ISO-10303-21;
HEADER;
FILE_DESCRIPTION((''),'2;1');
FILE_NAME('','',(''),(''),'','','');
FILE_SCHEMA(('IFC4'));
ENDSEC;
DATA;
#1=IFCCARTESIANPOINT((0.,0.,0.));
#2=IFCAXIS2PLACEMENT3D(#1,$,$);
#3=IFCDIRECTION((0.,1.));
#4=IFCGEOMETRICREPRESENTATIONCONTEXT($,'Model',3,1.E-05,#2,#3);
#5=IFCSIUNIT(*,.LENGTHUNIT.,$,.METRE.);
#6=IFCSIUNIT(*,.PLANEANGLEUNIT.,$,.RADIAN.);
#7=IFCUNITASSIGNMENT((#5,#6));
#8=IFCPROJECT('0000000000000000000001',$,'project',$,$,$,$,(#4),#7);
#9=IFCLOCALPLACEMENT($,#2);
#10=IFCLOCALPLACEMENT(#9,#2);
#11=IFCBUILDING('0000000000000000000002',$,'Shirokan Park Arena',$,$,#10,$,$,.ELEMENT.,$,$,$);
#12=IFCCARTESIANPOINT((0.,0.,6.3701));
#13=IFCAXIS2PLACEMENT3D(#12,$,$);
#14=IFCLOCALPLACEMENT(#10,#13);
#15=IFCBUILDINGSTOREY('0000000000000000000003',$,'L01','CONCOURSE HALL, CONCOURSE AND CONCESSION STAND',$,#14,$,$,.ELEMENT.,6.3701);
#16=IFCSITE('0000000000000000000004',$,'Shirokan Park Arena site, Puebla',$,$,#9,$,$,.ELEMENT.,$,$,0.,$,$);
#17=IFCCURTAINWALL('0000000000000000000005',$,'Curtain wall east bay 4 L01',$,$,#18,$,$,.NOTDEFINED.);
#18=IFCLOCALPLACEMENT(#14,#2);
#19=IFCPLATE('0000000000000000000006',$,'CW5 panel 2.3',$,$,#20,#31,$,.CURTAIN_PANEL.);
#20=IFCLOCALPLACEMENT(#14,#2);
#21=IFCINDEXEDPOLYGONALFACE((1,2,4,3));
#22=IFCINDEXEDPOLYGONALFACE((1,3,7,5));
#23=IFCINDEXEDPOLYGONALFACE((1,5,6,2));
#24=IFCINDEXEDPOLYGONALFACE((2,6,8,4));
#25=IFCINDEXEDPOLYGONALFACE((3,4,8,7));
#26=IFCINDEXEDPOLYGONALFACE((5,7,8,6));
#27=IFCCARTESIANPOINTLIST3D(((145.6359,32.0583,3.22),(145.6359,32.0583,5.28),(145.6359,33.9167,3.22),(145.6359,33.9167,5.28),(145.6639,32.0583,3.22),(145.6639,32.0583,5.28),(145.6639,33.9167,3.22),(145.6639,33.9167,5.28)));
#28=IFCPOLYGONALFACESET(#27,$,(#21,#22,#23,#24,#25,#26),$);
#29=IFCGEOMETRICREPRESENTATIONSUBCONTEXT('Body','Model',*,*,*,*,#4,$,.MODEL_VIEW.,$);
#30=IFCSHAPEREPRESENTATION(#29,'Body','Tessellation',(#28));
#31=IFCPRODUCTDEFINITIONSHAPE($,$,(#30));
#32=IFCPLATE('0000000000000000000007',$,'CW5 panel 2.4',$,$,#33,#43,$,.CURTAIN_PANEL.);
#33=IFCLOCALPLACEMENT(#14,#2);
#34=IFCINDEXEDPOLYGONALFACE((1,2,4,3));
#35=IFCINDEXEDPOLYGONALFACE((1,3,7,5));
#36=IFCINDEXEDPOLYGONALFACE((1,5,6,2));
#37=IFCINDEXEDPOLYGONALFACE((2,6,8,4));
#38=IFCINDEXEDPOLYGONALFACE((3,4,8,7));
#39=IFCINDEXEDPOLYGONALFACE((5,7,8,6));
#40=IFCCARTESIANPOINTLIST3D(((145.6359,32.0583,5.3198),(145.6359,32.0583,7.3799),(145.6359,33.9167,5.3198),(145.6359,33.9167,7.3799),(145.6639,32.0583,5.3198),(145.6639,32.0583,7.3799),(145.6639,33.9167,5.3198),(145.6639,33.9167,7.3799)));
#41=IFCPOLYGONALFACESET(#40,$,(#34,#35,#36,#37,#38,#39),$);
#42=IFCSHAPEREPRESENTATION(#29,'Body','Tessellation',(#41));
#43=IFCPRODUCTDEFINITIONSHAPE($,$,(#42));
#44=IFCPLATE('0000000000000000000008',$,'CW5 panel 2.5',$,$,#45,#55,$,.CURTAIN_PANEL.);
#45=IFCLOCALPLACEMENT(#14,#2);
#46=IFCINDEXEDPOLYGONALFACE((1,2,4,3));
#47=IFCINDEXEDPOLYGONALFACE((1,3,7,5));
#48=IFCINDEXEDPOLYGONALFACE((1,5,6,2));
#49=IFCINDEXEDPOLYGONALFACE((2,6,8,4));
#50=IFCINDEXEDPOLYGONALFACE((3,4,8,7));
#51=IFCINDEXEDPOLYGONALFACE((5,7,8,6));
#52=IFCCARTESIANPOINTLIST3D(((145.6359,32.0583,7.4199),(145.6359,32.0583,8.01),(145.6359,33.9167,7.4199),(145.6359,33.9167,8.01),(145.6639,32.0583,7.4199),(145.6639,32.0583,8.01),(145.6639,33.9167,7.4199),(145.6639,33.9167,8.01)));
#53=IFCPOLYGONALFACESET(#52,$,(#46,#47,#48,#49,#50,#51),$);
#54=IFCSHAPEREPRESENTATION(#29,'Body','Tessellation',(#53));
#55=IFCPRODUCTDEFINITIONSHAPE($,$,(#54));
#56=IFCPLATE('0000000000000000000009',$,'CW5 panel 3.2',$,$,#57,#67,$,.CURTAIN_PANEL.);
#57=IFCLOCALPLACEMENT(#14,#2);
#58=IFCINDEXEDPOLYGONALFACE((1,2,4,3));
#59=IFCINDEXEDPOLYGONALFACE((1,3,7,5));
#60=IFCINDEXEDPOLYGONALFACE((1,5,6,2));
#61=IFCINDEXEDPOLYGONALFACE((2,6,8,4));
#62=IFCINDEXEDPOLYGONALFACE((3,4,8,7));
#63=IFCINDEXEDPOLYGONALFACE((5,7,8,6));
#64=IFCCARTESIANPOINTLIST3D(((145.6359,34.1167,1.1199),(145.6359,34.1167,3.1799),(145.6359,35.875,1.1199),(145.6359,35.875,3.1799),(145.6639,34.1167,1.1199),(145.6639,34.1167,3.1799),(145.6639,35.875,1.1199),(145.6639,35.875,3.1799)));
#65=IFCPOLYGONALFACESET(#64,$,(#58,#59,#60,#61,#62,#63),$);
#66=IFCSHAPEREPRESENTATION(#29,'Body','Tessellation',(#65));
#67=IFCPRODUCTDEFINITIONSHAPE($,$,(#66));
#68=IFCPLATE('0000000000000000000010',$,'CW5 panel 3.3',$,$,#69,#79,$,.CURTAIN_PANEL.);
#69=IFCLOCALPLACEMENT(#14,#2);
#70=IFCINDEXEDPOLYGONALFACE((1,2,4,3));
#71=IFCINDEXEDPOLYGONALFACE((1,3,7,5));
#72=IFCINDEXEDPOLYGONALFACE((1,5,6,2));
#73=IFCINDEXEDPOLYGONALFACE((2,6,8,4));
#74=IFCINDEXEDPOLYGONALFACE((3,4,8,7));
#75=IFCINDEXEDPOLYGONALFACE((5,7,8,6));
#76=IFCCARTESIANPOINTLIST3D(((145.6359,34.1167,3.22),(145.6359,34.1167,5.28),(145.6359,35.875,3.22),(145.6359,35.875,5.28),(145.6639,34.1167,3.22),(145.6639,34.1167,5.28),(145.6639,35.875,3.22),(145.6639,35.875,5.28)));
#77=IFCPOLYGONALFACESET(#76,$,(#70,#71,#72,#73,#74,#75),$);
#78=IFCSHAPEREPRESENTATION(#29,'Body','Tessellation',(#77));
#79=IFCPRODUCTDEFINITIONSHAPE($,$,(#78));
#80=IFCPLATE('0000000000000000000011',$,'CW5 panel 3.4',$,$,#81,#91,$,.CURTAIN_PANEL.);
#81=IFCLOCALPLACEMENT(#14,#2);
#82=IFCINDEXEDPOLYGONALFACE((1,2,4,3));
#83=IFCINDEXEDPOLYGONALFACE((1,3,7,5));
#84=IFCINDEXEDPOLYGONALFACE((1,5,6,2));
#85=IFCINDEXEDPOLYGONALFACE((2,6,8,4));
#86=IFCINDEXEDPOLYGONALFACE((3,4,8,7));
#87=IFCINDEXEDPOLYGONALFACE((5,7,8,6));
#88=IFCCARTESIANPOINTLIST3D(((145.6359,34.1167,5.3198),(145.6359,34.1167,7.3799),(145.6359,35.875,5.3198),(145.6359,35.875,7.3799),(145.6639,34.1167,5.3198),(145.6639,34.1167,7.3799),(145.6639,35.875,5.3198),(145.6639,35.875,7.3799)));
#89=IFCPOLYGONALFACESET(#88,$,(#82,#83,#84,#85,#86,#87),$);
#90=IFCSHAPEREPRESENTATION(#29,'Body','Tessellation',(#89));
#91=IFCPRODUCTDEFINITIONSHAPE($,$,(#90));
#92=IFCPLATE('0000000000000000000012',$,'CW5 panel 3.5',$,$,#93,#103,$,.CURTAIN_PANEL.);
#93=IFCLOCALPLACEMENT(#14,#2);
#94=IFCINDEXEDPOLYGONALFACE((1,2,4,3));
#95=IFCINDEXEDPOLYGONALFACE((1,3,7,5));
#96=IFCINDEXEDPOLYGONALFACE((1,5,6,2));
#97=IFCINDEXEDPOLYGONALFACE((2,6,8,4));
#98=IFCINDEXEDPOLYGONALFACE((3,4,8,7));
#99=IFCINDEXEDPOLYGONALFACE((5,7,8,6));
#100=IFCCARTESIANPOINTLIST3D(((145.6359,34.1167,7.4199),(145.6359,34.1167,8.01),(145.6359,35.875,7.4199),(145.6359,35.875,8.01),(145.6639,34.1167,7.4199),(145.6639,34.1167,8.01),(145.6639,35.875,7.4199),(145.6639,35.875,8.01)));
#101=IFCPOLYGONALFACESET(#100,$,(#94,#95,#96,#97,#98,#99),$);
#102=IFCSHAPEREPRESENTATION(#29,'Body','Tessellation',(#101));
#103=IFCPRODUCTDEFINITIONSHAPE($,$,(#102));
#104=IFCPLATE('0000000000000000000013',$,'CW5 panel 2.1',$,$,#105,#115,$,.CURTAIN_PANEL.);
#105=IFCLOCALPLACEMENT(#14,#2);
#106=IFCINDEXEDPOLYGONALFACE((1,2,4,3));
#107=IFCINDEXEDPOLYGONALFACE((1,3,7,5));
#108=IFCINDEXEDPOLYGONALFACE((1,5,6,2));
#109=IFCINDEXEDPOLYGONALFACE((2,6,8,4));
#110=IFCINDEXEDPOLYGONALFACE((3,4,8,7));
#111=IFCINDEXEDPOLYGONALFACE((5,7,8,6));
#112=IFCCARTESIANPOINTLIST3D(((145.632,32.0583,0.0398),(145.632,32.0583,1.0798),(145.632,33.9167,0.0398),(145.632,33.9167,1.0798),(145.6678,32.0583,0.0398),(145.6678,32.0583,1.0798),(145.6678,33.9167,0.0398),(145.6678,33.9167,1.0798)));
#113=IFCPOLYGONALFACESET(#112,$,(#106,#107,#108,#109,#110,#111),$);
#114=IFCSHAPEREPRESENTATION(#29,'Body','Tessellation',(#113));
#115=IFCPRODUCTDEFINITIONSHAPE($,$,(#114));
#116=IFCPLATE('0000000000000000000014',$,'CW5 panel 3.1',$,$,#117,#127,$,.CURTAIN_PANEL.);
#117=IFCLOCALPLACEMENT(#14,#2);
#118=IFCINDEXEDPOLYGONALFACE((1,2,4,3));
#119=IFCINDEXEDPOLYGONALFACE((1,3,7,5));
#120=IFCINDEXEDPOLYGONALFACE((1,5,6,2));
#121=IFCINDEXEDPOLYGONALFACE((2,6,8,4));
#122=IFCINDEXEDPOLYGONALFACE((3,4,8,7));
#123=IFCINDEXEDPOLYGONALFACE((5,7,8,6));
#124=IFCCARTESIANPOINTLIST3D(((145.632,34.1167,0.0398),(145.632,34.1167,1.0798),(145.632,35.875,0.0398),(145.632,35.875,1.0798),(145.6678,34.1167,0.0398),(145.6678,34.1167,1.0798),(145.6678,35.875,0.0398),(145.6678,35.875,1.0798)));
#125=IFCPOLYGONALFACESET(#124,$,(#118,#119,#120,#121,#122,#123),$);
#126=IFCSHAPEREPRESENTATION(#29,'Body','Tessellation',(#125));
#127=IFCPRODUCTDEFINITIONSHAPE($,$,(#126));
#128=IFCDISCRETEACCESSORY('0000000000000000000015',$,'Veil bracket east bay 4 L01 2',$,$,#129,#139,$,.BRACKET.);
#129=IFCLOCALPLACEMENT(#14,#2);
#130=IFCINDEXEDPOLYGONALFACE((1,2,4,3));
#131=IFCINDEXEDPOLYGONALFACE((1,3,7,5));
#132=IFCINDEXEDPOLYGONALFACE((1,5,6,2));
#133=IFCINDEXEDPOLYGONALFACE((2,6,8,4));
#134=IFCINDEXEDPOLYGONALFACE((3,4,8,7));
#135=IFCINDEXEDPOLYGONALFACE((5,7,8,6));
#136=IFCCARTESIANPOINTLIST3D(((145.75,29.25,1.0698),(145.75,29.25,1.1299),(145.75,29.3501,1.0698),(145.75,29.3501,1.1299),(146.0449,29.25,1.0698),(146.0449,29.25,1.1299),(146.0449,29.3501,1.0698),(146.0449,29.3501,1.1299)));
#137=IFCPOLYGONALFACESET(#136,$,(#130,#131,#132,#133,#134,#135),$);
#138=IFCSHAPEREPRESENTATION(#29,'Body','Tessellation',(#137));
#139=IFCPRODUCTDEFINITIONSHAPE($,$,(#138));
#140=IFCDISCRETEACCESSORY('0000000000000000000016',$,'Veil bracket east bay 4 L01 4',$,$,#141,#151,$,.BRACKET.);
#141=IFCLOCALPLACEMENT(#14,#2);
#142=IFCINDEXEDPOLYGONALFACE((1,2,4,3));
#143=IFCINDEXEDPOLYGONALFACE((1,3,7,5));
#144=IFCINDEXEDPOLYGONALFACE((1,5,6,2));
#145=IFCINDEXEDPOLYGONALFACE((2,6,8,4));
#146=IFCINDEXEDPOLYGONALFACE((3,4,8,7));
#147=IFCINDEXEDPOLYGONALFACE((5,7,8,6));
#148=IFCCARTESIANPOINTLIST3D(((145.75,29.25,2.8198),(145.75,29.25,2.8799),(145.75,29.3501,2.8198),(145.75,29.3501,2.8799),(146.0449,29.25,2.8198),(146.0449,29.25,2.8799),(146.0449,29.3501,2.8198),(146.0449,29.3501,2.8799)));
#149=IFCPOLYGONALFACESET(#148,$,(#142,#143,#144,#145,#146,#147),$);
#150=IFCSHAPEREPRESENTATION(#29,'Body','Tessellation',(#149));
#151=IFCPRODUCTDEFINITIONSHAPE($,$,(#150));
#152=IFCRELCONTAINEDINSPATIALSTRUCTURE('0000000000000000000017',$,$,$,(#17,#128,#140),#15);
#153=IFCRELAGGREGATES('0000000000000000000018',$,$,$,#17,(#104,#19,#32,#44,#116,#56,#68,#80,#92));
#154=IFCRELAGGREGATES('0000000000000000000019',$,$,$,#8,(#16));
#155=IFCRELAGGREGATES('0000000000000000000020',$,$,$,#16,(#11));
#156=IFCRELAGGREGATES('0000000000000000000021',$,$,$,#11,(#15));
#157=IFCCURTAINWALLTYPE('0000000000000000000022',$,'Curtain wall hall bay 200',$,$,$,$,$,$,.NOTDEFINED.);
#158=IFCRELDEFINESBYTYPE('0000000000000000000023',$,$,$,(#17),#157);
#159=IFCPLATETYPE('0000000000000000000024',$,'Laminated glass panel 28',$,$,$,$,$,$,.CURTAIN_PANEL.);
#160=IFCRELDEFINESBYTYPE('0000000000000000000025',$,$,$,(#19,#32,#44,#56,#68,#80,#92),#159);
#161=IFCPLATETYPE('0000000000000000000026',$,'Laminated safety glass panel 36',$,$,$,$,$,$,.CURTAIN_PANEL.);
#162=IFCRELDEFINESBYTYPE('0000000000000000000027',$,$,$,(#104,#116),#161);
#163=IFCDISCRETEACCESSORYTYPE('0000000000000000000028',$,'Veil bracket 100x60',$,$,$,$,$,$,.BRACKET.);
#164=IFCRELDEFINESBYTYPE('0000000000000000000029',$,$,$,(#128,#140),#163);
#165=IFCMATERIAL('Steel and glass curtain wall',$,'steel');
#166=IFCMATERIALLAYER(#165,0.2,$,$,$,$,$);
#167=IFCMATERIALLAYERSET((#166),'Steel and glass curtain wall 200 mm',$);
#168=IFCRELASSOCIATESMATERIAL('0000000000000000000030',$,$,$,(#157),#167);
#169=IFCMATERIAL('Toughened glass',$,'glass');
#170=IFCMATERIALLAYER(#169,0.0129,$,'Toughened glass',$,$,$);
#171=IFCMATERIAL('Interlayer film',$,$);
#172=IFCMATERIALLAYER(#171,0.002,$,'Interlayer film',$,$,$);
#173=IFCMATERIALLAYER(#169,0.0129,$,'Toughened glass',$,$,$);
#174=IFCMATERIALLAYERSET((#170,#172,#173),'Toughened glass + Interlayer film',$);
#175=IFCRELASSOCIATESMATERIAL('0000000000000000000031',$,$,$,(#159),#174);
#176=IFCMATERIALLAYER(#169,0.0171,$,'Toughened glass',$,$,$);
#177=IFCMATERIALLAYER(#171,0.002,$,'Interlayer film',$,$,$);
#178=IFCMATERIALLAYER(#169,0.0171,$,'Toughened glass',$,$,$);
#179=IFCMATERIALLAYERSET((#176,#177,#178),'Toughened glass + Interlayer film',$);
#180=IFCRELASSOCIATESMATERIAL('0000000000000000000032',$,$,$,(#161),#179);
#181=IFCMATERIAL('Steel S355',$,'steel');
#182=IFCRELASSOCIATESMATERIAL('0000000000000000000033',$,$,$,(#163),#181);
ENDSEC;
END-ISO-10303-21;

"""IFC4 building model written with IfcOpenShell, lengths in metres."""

from ifc_helpers import new_model, si_unit, direction, frame, origin, origin_2d, place, context, subcontext, project, spatial, rectangle, extrude, material, layer, layer_set, type_object, element, aggregate, save


model = new_model("IFC4")

# Units and contexts
model_context = context("Model", 3, precision=1e-05, world=origin(), true_north=direction((0.0, 1.0)))
body_context = subcontext(model_context, "Body", "Model", "MODEL_VIEW")
ifc_project = project(units=[si_unit("LENGTHUNIT", "METRE"), si_unit("PLANEANGLEUNIT", "RADIAN")], contexts=[model_context])

# Site, building, storey
site_placement = place(None, origin())
site = spatial("IfcSite", under=ifc_project, at=site_placement, Name="Shirokan Park Arena site, Puebla", CompositionType="ELEMENT", RefElevation=0.0)
building_placement = place(site_placement, origin())
building = spatial("IfcBuilding", under=site, at=building_placement, Name="Shirokan Park Arena", CompositionType="ELEMENT")
storey_placement = place(building_placement, frame((0.0, 0.0, 6.3701)))
storey = spatial("IfcBuildingStorey", under=building, at=storey_placement, Name="L01", Description="CONCOURSE HALL, CONCOURSE AND CONCESSION STAND", CompositionType="ELEMENT", Elevation=6.3701)

# Curtain wall, plates
ifc_material_1 = material(Name="Steel and glass curtain wall", Category="steel")
ifc_layer_1 = layer(ifc_material_1, 0.2)
ifc_layer_set_1 = layer_set([ifc_layer_1], Name="Steel and glass curtain wall 200 mm")
curtain_wall_type = type_object("IfcCurtainWallType", Name="Curtain wall hall bay 200", PredefinedType="NOTDEFINED", material=ifc_layer_set_1)
curtain_wall_placement = place(storey_placement, origin())
curtain_wall = element("IfcCurtainWall", 1, at=curtain_wall_placement, inside=storey, type_object=curtain_wall_type, Name="Curtain wall east bay 4 L01", PredefinedType="NOTDEFINED")
ifc_material_2 = material(Name="Steel S355", Category="steel")
ifc_material_3 = material(Name="Toughened glass", Category="glass")
ifc_layer_2 = layer(ifc_material_3, 0.0129, Name="Toughened glass")
ifc_material_4 = material(Name="Interlayer film")
ifc_layer_3 = layer(ifc_material_4, 0.002, Name="Interlayer film")
ifc_layer_4 = layer(ifc_material_3, 0.0129, Name="Toughened glass")
ifc_layer_set_2 = layer_set([ifc_layer_2, ifc_layer_3, ifc_layer_4], Name="Toughened glass + Interlayer film")
plate_type_1 = type_object("IfcPlateType", Name="Laminated glass panel 28", PredefinedType="CURTAIN_PANEL", material=ifc_layer_set_2)
plate_1_placement = place(storey_placement, frame((145.6499, 32.9875, 3.22), z_axis=(0.0, 0.0, 1.0), x_axis=(0.0, 1.0, 0.0)))
plate_1 = element("IfcPlate", 2, at=plate_1_placement, type_object=plate_type_1, Name="CW5 panel 2.3", PredefinedType="CURTAIN_PANEL", context=body_context, shape_type="SweptSolid", body=[
    extrude(rectangle(XDim=1.8584, YDim=0.0281, at=origin_2d()), origin(), (0.0, 0.0, 1.0), 2.0601),
])
plate_2_placement = place(storey_placement, frame((145.6499, 32.9875, 5.3198), z_axis=(0.0, 0.0, 1.0), x_axis=(0.0, 1.0, 0.0)))
plate_2 = element("IfcPlate", 3, at=plate_2_placement, type_object=plate_type_1, Name="CW5 panel 2.4", PredefinedType="CURTAIN_PANEL", context=body_context, shape_type="SweptSolid", body=[
    extrude(rectangle(XDim=1.8584, YDim=0.0281, at=origin_2d()), origin(), (0.0, 0.0, 1.0), 2.0601),
])
plate_3_placement = place(storey_placement, frame((145.6499, 32.9875, 7.4199), z_axis=(0.0, 0.0, 1.0), x_axis=(0.0, 1.0, 0.0)))
plate_3 = element("IfcPlate", 4, at=plate_3_placement, type_object=plate_type_1, Name="CW5 panel 2.5", PredefinedType="CURTAIN_PANEL", context=body_context, shape_type="SweptSolid", body=[
    extrude(rectangle(XDim=1.8584, YDim=0.0281, at=origin_2d()), origin(), (0.0, 0.0, 1.0), 0.5901),
])
plate_4_placement = place(storey_placement, frame((145.6499, 34.9958, 1.1199), z_axis=(0.0, 0.0, 1.0), x_axis=(0.0, 1.0, 0.0)))
plate_4 = element("IfcPlate", 5, at=plate_4_placement, type_object=plate_type_1, Name="CW5 panel 3.2", PredefinedType="CURTAIN_PANEL", context=body_context, shape_type="SweptSolid", body=[
    extrude(rectangle(XDim=1.7583, YDim=0.0281, at=origin_2d()), origin(), (0.0, 0.0, 1.0), 2.0601),
])
plate_5_placement = place(storey_placement, frame((145.6499, 34.9958, 3.22), z_axis=(0.0, 0.0, 1.0), x_axis=(0.0, 1.0, 0.0)))
plate_5 = element("IfcPlate", 6, at=plate_5_placement, type_object=plate_type_1, Name="CW5 panel 3.3", PredefinedType="CURTAIN_PANEL", context=body_context, shape_type="SweptSolid", body=[
    extrude(rectangle(XDim=1.7583, YDim=0.0281, at=origin_2d()), origin(), (0.0, 0.0, 1.0), 2.0601),
])
plate_6_placement = place(storey_placement, frame((145.6499, 34.9958, 5.3198), z_axis=(0.0, 0.0, 1.0), x_axis=(0.0, 1.0, 0.0)))
plate_6 = element("IfcPlate", 7, at=plate_6_placement, type_object=plate_type_1, Name="CW5 panel 3.4", PredefinedType="CURTAIN_PANEL", context=body_context, shape_type="SweptSolid", body=[
    extrude(rectangle(XDim=1.7583, YDim=0.0281, at=origin_2d()), origin(), (0.0, 0.0, 1.0), 2.0601),
])
plate_7_placement = place(storey_placement, frame((145.6499, 34.9958, 7.4199), z_axis=(0.0, 0.0, 1.0), x_axis=(0.0, 1.0, 0.0)))
plate_7 = element("IfcPlate", 8, at=plate_7_placement, type_object=plate_type_1, Name="CW5 panel 3.5", PredefinedType="CURTAIN_PANEL", context=body_context, shape_type="SweptSolid", body=[
    extrude(rectangle(XDim=1.7583, YDim=0.0281, at=origin_2d()), origin(), (0.0, 0.0, 1.0), 0.5901),
])
ifc_layer_5 = layer(ifc_material_3, 0.0171, Name="Toughened glass")
ifc_layer_6 = layer(ifc_material_4, 0.002, Name="Interlayer film")
ifc_layer_7 = layer(ifc_material_3, 0.0171, Name="Toughened glass")
ifc_layer_set_3 = layer_set([ifc_layer_5, ifc_layer_6, ifc_layer_7], Name="Toughened glass + Interlayer film")
plate_type_2 = type_object("IfcPlateType", Name="Laminated safety glass panel 36", PredefinedType="CURTAIN_PANEL", material=ifc_layer_set_3)
plate_8_placement = place(storey_placement, frame((145.6499, 32.9875, 0.0398), z_axis=(0.0, 0.0, 1.0), x_axis=(0.0, 1.0, 0.0)))
plate_8 = element("IfcPlate", 9, at=plate_8_placement, type_object=plate_type_2, Name="CW5 panel 2.1", PredefinedType="CURTAIN_PANEL", context=body_context, shape_type="SweptSolid", body=[
    extrude(rectangle(XDim=1.8584, YDim=0.0359, at=origin_2d()), origin(), (0.0, 0.0, 1.0), 1.04),
])
plate_9_placement = place(storey_placement, frame((145.6499, 34.9958, 0.0398), z_axis=(0.0, 0.0, 1.0), x_axis=(0.0, 1.0, 0.0)))
plate_9 = element("IfcPlate", 10, at=plate_9_placement, type_object=plate_type_2, Name="CW5 panel 3.1", PredefinedType="CURTAIN_PANEL", context=body_context, shape_type="SweptSolid", body=[
    extrude(rectangle(XDim=1.7583, YDim=0.0359, at=origin_2d()), origin(), (0.0, 0.0, 1.0), 1.04),
])
aggregate(curtain_wall, [plate_8, plate_1, plate_2, plate_3, plate_9, plate_4, plate_5, plate_6, plate_7])

# Discrete accessories
discrete_accessory_type = type_object("IfcDiscreteAccessoryType", Name="Veil bracket 100x60", PredefinedType="BRACKET", material=ifc_material_2)
for number, where, z_axis, x_axis, name in (
    (11, (145.8975, 29.3, 1.0698), (0.0, 0.0, 1.0), (0.0, 1.0, 0.0), "Veil bracket east bay 4 L01 2"),
    (12, (145.8975, 29.3, 2.8198), (0.0, 0.0, 1.0), (0.0, 1.0, 0.0), "Veil bracket east bay 4 L01 4"),
):
    element("IfcDiscreteAccessory", number, at=place(storey_placement, frame(where, z_axis=z_axis, x_axis=x_axis)), inside=storey, type_object=discrete_accessory_type, Name=name, PredefinedType="BRACKET", context=body_context, shape_type="SweptSolid", body=[
        extrude(rectangle(XDim=0.1001, YDim=0.2949, at=origin_2d()), origin(), (0.0, 0.0, 1.0), 0.0601),
    ])

save(model, "model.ifc")
